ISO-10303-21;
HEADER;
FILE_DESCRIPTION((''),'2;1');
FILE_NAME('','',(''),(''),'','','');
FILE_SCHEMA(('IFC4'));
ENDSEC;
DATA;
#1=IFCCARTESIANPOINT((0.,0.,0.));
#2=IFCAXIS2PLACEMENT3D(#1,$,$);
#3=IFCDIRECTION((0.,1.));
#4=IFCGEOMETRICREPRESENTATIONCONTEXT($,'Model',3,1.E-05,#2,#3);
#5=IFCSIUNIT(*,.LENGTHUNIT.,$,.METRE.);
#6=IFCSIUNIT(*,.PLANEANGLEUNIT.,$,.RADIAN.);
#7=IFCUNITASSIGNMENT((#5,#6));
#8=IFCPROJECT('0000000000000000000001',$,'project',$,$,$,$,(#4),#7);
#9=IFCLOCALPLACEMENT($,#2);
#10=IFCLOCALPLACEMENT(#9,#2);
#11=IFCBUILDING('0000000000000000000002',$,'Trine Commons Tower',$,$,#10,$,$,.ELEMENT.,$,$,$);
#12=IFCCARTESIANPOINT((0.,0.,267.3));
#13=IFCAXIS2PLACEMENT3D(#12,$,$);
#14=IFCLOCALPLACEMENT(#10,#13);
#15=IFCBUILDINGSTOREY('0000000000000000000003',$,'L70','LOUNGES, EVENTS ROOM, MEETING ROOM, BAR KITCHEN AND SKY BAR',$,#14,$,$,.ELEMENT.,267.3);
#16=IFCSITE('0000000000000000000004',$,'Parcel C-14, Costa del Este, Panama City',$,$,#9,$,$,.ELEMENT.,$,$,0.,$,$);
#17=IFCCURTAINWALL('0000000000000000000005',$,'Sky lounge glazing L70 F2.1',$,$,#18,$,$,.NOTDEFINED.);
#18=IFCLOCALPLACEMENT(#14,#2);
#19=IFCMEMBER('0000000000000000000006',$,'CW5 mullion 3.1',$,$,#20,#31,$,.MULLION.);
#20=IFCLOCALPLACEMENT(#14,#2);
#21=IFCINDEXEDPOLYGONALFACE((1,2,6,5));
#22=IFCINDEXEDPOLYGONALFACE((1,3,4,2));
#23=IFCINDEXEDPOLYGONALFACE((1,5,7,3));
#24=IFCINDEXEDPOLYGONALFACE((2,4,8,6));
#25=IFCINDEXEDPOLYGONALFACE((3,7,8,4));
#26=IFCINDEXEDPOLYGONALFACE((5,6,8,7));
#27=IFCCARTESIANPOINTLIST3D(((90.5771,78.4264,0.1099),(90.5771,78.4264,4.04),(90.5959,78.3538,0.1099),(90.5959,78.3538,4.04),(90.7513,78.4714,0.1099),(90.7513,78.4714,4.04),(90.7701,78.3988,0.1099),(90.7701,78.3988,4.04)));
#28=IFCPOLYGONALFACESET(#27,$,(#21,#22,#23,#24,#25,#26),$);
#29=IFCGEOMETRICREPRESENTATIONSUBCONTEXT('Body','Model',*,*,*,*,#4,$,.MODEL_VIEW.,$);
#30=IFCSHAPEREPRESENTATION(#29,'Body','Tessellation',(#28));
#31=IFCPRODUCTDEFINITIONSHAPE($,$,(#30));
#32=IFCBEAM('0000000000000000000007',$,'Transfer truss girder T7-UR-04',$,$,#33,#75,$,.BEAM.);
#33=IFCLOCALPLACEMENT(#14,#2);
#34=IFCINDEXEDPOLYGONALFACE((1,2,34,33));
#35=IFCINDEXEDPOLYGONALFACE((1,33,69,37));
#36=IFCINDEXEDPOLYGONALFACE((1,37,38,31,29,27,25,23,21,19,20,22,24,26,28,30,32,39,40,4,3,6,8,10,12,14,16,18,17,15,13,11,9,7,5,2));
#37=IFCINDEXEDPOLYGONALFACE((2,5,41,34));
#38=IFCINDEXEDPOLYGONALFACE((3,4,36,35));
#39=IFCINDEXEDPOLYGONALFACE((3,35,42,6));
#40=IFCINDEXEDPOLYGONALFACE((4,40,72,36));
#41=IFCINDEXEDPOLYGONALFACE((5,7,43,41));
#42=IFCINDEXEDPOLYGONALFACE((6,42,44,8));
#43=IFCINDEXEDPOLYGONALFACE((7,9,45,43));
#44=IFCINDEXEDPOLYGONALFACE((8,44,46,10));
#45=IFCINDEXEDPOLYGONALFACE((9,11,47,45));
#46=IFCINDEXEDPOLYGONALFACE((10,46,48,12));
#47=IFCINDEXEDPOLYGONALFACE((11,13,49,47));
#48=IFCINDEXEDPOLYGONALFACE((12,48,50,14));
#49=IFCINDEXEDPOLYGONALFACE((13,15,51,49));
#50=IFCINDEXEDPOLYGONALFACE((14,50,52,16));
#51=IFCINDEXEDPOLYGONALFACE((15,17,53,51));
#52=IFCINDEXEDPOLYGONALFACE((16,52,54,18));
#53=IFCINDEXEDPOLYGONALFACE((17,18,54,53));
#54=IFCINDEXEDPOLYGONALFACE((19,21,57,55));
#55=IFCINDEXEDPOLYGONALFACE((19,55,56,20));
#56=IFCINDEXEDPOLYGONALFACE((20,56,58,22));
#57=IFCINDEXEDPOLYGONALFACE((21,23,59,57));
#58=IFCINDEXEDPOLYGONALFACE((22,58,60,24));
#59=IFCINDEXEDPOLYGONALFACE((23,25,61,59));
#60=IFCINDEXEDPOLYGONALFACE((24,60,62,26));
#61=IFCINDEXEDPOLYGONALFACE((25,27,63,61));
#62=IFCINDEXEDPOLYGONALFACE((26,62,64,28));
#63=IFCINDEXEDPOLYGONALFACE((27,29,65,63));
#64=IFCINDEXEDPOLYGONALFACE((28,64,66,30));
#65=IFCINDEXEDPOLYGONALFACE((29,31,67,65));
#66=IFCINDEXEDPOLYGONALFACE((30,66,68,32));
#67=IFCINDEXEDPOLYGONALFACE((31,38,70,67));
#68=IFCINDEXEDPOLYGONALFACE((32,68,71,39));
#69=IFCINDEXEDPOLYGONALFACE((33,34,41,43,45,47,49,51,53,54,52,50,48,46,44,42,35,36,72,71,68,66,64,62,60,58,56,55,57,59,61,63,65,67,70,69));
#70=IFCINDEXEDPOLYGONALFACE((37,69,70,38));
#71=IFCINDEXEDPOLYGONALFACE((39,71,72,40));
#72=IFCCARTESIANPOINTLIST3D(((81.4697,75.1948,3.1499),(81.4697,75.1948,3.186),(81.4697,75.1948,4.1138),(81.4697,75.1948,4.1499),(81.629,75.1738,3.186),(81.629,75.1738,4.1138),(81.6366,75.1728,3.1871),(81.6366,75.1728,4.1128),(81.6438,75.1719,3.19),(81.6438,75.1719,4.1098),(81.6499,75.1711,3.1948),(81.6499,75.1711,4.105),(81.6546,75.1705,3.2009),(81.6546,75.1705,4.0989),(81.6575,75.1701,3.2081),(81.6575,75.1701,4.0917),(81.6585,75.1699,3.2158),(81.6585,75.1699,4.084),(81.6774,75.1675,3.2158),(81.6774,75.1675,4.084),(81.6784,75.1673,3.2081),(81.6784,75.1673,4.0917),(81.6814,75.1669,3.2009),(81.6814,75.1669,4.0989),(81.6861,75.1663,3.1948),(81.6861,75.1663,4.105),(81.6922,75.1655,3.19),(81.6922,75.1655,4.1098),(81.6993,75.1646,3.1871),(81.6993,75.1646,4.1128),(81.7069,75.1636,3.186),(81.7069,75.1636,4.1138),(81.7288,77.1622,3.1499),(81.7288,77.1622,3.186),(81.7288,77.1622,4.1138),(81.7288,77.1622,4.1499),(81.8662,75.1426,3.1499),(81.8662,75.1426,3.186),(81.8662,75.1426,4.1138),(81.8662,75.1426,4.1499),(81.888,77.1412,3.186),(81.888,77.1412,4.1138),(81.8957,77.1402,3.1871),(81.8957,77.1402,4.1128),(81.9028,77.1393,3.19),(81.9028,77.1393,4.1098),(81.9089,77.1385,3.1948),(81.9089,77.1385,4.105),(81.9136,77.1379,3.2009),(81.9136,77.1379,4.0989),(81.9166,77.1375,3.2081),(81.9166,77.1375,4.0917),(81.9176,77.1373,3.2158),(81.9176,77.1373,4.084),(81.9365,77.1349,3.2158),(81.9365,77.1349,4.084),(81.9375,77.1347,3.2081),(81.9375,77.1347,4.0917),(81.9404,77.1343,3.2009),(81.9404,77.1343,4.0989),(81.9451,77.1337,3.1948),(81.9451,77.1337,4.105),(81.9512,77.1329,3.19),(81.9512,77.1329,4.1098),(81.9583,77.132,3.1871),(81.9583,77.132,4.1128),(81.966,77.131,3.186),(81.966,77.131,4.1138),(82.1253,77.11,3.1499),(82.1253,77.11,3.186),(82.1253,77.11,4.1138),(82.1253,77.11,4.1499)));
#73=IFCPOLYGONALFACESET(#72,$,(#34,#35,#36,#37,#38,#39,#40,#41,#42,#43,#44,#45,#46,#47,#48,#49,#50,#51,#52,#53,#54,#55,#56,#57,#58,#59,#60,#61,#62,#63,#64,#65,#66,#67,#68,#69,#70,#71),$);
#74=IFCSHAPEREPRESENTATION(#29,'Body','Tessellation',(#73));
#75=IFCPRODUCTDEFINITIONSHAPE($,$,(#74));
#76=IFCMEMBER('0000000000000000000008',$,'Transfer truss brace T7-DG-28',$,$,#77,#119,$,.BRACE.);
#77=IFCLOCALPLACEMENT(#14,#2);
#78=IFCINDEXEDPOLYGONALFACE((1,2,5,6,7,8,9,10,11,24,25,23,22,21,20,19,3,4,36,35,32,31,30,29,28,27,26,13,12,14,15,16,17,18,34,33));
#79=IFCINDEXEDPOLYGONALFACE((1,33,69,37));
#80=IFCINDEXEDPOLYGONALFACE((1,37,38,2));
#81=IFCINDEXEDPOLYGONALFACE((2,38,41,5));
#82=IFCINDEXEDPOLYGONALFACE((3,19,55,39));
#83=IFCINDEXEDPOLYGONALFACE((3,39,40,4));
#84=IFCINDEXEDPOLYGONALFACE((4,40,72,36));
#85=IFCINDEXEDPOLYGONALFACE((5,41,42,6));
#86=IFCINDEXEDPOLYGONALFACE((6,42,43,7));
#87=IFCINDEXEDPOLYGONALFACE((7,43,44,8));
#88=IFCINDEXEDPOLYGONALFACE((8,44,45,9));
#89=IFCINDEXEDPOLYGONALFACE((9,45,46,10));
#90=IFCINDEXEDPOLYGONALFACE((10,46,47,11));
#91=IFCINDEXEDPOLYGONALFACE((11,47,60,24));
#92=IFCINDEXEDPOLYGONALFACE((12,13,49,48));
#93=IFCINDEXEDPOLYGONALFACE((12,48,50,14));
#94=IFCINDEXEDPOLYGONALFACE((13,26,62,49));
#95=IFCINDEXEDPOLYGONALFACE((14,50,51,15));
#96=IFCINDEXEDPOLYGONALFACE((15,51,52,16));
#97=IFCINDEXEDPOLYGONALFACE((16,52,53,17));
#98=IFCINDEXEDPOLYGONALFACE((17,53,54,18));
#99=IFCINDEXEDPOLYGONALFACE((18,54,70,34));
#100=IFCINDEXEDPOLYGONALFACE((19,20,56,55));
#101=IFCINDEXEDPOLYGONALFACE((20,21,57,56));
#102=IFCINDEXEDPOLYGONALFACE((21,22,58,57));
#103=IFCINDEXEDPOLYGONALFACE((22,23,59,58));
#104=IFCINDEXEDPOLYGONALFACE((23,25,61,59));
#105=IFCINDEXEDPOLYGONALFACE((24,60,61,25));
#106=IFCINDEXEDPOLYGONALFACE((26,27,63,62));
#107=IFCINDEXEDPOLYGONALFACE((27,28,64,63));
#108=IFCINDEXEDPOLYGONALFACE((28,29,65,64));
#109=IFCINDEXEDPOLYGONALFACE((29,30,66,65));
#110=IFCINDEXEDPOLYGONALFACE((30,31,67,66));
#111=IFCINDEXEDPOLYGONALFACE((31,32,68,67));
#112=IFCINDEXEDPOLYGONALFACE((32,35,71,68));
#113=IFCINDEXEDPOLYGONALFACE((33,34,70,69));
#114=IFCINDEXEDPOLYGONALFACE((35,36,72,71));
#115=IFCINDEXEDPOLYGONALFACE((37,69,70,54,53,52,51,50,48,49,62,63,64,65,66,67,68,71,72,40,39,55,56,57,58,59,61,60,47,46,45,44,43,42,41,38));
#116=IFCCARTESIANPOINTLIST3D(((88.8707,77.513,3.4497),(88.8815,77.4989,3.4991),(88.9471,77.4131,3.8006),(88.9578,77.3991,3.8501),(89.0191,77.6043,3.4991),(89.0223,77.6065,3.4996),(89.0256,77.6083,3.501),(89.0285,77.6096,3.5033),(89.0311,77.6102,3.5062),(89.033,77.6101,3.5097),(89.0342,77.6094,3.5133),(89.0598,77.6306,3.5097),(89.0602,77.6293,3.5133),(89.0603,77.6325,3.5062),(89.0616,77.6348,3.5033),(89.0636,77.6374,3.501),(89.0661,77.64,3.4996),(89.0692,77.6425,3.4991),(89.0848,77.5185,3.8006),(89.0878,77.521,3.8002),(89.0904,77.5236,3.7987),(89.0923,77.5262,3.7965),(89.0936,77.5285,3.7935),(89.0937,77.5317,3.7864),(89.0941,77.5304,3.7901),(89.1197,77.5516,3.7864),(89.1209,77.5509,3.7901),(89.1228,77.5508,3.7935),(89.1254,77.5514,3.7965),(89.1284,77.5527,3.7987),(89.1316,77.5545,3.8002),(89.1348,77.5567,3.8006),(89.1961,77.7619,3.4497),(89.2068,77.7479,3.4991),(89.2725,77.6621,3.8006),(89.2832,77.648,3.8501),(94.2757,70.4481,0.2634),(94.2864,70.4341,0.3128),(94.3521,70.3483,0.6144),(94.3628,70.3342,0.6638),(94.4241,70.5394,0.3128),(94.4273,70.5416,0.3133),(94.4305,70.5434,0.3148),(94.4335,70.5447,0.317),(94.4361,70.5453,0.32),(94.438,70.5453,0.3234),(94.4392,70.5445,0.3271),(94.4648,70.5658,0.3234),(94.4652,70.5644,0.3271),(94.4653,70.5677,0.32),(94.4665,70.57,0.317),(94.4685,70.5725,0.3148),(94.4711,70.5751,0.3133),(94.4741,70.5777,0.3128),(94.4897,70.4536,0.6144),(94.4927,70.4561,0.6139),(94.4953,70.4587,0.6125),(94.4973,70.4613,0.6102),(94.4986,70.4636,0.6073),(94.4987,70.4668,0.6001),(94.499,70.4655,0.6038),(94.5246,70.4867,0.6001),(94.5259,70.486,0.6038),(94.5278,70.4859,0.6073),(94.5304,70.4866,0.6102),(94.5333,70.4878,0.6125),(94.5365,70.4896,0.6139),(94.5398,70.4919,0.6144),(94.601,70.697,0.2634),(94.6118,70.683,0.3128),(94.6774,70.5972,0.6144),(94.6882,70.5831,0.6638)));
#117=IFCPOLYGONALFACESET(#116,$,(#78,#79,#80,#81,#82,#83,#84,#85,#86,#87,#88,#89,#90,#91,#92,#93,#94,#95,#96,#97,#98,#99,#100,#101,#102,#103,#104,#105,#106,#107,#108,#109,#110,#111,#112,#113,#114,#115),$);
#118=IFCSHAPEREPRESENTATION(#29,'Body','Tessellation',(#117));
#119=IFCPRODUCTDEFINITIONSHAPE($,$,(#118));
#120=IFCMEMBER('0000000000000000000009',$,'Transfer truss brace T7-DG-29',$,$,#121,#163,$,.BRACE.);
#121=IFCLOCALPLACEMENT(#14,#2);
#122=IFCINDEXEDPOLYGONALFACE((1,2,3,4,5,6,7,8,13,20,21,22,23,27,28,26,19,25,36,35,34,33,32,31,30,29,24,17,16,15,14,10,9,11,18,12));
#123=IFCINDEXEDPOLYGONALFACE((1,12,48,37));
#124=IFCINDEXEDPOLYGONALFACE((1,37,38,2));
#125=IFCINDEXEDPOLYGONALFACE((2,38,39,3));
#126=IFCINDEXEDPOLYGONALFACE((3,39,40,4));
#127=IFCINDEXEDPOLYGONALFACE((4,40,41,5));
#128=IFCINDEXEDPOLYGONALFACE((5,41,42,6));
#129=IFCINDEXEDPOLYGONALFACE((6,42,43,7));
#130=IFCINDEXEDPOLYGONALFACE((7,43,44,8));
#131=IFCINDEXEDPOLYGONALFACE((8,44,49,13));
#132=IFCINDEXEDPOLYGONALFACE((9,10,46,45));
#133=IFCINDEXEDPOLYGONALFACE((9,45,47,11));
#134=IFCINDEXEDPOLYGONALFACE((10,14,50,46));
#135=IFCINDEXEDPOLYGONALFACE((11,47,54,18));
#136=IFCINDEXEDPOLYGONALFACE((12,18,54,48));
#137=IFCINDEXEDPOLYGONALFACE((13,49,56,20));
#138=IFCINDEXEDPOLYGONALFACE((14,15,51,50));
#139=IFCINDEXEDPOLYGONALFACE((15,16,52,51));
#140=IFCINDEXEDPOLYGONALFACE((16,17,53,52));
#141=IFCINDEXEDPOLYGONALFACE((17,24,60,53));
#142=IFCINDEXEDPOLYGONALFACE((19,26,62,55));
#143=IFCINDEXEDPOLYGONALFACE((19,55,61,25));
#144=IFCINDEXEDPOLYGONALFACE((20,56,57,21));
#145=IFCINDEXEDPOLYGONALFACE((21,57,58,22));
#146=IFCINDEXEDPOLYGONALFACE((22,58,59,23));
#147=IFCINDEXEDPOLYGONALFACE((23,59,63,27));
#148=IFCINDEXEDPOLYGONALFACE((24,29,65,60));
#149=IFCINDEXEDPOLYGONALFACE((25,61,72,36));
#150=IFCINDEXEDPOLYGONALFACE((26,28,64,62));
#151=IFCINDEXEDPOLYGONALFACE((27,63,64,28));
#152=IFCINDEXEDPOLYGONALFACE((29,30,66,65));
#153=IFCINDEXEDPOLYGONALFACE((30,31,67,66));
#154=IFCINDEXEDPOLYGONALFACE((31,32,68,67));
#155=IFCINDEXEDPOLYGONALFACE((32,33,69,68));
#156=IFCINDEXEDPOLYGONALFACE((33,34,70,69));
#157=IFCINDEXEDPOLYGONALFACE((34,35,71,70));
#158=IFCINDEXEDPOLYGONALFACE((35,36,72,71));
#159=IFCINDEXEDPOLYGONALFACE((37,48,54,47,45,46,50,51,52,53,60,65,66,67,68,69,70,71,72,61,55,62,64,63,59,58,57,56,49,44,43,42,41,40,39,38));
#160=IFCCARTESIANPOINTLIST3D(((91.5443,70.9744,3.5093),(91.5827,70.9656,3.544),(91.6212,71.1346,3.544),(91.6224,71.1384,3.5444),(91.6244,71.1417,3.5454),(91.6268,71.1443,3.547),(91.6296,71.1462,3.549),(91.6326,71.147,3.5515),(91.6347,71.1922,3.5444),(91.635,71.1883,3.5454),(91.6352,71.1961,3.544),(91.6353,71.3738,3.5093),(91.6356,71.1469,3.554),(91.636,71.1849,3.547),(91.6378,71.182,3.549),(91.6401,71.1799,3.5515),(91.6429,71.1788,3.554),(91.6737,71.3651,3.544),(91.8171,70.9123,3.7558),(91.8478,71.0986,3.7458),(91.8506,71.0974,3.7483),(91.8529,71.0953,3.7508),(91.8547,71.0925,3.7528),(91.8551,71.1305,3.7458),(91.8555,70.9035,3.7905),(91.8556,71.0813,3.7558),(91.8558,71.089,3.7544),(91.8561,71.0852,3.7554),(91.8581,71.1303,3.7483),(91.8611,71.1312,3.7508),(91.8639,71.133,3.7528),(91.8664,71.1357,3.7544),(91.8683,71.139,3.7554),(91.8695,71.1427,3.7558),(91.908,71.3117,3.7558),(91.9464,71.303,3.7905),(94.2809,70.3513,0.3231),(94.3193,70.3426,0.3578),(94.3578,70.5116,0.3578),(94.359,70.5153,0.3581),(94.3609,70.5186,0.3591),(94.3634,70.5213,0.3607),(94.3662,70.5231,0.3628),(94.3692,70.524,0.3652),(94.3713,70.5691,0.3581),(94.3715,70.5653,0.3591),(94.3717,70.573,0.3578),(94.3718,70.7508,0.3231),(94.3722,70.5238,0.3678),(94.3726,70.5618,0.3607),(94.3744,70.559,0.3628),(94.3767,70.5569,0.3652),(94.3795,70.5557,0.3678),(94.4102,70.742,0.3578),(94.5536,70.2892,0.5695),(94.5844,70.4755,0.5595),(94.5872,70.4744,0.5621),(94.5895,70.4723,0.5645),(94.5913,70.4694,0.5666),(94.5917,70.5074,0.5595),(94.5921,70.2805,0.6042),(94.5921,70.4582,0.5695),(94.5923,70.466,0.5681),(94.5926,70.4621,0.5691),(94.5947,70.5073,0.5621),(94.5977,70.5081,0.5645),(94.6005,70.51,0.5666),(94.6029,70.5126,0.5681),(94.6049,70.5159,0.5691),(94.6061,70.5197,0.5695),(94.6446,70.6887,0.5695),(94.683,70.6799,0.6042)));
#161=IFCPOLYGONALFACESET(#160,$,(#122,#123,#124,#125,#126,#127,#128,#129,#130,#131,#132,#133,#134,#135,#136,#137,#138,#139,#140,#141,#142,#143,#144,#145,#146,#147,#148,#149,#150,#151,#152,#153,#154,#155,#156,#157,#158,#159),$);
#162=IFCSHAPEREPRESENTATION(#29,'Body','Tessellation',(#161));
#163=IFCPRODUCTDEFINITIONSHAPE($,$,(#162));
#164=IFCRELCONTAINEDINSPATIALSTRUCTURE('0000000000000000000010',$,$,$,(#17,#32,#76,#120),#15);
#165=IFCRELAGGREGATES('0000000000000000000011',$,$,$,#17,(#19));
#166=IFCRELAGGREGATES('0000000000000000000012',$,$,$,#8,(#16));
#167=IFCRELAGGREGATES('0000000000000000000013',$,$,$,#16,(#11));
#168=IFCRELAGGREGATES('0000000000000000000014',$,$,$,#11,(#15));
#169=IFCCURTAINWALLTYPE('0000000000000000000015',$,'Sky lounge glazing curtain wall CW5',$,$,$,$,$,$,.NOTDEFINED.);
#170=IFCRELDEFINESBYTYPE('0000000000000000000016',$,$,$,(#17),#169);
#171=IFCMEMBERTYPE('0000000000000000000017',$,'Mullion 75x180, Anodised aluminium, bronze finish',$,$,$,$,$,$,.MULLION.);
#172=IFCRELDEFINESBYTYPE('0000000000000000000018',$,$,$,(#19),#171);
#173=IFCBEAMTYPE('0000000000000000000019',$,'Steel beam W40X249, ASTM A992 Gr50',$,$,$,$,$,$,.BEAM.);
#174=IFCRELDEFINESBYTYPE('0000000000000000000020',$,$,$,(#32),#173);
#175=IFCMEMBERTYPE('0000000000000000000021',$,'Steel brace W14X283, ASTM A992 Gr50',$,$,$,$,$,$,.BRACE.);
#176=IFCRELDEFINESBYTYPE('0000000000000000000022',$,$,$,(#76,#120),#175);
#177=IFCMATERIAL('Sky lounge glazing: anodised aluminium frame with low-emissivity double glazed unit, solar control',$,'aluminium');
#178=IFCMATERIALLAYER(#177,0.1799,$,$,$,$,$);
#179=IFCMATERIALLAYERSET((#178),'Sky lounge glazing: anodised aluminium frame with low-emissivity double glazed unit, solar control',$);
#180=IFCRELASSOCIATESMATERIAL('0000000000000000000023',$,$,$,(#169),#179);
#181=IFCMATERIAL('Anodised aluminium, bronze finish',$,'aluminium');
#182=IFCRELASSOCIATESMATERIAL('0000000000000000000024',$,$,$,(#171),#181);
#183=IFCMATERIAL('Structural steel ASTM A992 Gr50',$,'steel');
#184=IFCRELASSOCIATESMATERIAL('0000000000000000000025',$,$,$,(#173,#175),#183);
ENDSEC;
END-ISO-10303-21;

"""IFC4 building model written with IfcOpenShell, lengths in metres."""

from ifc_helpers import new_model, si_unit, direction, frame, origin, origin_2d, place, context, subcontext, project, spatial, rectangle, i_section, extrude, material, layer, layer_set, material_profile, profile_set, type_object, element, aggregate, save


model = new_model("IFC4")

# Units and contexts
model_context = context("Model", 3, precision=1e-05, world=origin(), true_north=direction((0.0, 1.0)))
body_context = subcontext(model_context, "Body", "Model", "MODEL_VIEW")
ifc_project = project(units=[si_unit("LENGTHUNIT", "METRE"), si_unit("PLANEANGLEUNIT", "RADIAN")], contexts=[model_context])

# Site, building, storey
site_placement = place(None, origin())
site = spatial("IfcSite", under=ifc_project, at=site_placement, Name="Parcel C-14, Costa del Este, Panama City", CompositionType="ELEMENT", RefElevation=0.0)
building_placement = place(site_placement, origin())
building = spatial("IfcBuilding", under=site, at=building_placement, Name="Trine Commons Tower", CompositionType="ELEMENT")
storey_placement = place(building_placement, frame((0.0, 0.0, 267.3)))
storey = spatial("IfcBuildingStorey", under=building, at=storey_placement, Name="L70", Description="LOUNGES, EVENTS ROOM, MEETING ROOM, BAR KITCHEN AND SKY BAR", CompositionType="ELEMENT", Elevation=267.3)

# Curtain wall, member
ifc_material_1 = material(Name="Sky lounge glazing: anodised aluminium frame with low-emissivity double glazed unit, solar control", Category="aluminium")
ifc_layer_1 = layer(ifc_material_1, 0.1799)
ifc_layer_set_1 = layer_set([ifc_layer_1], Name="Sky lounge glazing: anodised aluminium frame with low-emissivity double glazed unit, solar control")
curtain_wall_type = type_object("IfcCurtainWallType", Name="Sky lounge glazing curtain wall CW5", PredefinedType="NOTDEFINED", material=ifc_layer_set_1)
curtain_wall_placement = place(storey_placement, origin())
curtain_wall = element("IfcCurtainWall", 1, at=curtain_wall_placement, inside=storey, type_object=curtain_wall_type, Name="Sky lounge glazing L70 F2.1", PredefinedType="NOTDEFINED")
ifc_material_2 = material(Name="Anodised aluminium, bronze finish", Category="aluminium")
ifc_material_profile_1 = material_profile(ifc_material_2, rectangle(XDim=0.1799, YDim=0.075, at=origin_2d()), Name="Mullion 75x180")
ifc_profile_set_1 = profile_set([ifc_material_profile_1], Name="Anodised aluminium, bronze finish")
member_type_1 = type_object("IfcMemberType", Name="Mullion 75x180, Anodised aluminium, bronze finish", PredefinedType="MULLION", material=ifc_profile_set_1)
member_1_placement = place(storey_placement, frame((90.6736, 78.4126, 0.1099), z_axis=(0.0, 0.0, 1.0), x_axis=(0.968148, 0.25038, 0.0)))
member_1 = element("IfcMember", 2, at=member_1_placement, type_object=member_type_1, Name="CW5 mullion 3.1", PredefinedType="MULLION", context=body_context, shape_type="SweptSolid", body=[
    extrude(rectangle(XDim=0.1799, YDim=0.075, at=origin_2d()), origin(), (0.0, 0.0, 1.0), 3.9302),
])
aggregate(curtain_wall, [member_1])

# Beam
ifc_material_3 = material(Name="Structural steel ASTM A992 Gr50", Category="steel")
ifc_material_profile_2 = material_profile(ifc_material_3, i_section(OverallWidth=0.3999, OverallDepth=1.0, WebThickness=0.019, FlangeThickness=0.0361, FilletRadius=0.0298, at=origin_2d()), Name="W40X249")
ifc_profile_set_2 = profile_set([ifc_material_profile_2], Name="Structural steel ASTM A992 Gr50")
beam_type = type_object("IfcBeamType", Name="Steel beam W40X249, ASTM A992 Gr50", PredefinedType="BEAM", material=ifc_profile_set_2)
beam_placement = place(storey_placement, frame((81.668, 75.1687, 3.6499), z_axis=(0.130544, 0.991443, 0.0), x_axis=(-0.991443, 0.130544, 0.0)))
element("IfcBeam", 3, at=beam_placement, inside=storey, type_object=beam_type, Name="Transfer truss girder T7-UR-04", PredefinedType="BEAM", context=body_context, shape_type="SweptSolid", body=[
    extrude(i_section(OverallWidth=0.3999, OverallDepth=1.0, WebThickness=0.019, FlangeThickness=0.0361, FilletRadius=0.0298, at=origin_2d()), origin(), (0.0, 0.0, 1.0), 1.9844),
])

# Members
ifc_material_profile_3 = material_profile(ifc_material_3, i_section(OverallWidth=0.4097, OverallDepth=0.4253, WebThickness=0.0327, FlangeThickness=0.0525, FilletRadius=0.0151, at=origin_2d()), Name="W14X283")
ifc_profile_set_3 = profile_set([ifc_material_profile_3], Name="Structural steel ASTM A992 Gr50")
member_type_2 = type_object("IfcMemberType", Name="Steel brace W14X283, ASTM A992 Gr50", PredefinedType="BRACE", material=ifc_profile_set_3)
member_2_placement = place(storey_placement, frame((94.4819, 70.5156, 0.4636), z_axis=(-0.572032, 0.747707, 0.337215), x_axis=(-0.794226, -0.607622, 0.0)))
element("IfcMember", 4, at=member_2_placement, inside=storey, type_object=member_type_2, Name="Transfer truss brace T7-DG-28", PredefinedType="BRACE", context=body_context, shape_type="SweptSolid", body=[
    extrude(i_section(OverallWidth=0.4097, OverallDepth=0.4253, WebThickness=0.0327, FlangeThickness=0.0525, FilletRadius=0.0151, at=origin_2d()), origin(), (0.0, 0.0, 1.0), 9.4487),
])
member_3_placement = place(storey_placement, frame((94.4819, 70.5156, 0.4636), z_axis=(-0.64449, 0.146734, 0.750401), x_axis=(-0.221993, -0.975048, 0.0)))
element("IfcMember", 5, at=member_3_placement, inside=storey, type_object=member_type_2, Name="Transfer truss brace T7-DG-29", PredefinedType="BRACE", context=body_context, shape_type="SweptSolid", body=[
    extrude(i_section(OverallWidth=0.4097, OverallDepth=0.4253, WebThickness=0.0327, FlangeThickness=0.0525, FilletRadius=0.0151, at=origin_2d()), origin(), (0.0, 0.0, 1.0), 4.2461),
])

save(model, "model.ifc")
